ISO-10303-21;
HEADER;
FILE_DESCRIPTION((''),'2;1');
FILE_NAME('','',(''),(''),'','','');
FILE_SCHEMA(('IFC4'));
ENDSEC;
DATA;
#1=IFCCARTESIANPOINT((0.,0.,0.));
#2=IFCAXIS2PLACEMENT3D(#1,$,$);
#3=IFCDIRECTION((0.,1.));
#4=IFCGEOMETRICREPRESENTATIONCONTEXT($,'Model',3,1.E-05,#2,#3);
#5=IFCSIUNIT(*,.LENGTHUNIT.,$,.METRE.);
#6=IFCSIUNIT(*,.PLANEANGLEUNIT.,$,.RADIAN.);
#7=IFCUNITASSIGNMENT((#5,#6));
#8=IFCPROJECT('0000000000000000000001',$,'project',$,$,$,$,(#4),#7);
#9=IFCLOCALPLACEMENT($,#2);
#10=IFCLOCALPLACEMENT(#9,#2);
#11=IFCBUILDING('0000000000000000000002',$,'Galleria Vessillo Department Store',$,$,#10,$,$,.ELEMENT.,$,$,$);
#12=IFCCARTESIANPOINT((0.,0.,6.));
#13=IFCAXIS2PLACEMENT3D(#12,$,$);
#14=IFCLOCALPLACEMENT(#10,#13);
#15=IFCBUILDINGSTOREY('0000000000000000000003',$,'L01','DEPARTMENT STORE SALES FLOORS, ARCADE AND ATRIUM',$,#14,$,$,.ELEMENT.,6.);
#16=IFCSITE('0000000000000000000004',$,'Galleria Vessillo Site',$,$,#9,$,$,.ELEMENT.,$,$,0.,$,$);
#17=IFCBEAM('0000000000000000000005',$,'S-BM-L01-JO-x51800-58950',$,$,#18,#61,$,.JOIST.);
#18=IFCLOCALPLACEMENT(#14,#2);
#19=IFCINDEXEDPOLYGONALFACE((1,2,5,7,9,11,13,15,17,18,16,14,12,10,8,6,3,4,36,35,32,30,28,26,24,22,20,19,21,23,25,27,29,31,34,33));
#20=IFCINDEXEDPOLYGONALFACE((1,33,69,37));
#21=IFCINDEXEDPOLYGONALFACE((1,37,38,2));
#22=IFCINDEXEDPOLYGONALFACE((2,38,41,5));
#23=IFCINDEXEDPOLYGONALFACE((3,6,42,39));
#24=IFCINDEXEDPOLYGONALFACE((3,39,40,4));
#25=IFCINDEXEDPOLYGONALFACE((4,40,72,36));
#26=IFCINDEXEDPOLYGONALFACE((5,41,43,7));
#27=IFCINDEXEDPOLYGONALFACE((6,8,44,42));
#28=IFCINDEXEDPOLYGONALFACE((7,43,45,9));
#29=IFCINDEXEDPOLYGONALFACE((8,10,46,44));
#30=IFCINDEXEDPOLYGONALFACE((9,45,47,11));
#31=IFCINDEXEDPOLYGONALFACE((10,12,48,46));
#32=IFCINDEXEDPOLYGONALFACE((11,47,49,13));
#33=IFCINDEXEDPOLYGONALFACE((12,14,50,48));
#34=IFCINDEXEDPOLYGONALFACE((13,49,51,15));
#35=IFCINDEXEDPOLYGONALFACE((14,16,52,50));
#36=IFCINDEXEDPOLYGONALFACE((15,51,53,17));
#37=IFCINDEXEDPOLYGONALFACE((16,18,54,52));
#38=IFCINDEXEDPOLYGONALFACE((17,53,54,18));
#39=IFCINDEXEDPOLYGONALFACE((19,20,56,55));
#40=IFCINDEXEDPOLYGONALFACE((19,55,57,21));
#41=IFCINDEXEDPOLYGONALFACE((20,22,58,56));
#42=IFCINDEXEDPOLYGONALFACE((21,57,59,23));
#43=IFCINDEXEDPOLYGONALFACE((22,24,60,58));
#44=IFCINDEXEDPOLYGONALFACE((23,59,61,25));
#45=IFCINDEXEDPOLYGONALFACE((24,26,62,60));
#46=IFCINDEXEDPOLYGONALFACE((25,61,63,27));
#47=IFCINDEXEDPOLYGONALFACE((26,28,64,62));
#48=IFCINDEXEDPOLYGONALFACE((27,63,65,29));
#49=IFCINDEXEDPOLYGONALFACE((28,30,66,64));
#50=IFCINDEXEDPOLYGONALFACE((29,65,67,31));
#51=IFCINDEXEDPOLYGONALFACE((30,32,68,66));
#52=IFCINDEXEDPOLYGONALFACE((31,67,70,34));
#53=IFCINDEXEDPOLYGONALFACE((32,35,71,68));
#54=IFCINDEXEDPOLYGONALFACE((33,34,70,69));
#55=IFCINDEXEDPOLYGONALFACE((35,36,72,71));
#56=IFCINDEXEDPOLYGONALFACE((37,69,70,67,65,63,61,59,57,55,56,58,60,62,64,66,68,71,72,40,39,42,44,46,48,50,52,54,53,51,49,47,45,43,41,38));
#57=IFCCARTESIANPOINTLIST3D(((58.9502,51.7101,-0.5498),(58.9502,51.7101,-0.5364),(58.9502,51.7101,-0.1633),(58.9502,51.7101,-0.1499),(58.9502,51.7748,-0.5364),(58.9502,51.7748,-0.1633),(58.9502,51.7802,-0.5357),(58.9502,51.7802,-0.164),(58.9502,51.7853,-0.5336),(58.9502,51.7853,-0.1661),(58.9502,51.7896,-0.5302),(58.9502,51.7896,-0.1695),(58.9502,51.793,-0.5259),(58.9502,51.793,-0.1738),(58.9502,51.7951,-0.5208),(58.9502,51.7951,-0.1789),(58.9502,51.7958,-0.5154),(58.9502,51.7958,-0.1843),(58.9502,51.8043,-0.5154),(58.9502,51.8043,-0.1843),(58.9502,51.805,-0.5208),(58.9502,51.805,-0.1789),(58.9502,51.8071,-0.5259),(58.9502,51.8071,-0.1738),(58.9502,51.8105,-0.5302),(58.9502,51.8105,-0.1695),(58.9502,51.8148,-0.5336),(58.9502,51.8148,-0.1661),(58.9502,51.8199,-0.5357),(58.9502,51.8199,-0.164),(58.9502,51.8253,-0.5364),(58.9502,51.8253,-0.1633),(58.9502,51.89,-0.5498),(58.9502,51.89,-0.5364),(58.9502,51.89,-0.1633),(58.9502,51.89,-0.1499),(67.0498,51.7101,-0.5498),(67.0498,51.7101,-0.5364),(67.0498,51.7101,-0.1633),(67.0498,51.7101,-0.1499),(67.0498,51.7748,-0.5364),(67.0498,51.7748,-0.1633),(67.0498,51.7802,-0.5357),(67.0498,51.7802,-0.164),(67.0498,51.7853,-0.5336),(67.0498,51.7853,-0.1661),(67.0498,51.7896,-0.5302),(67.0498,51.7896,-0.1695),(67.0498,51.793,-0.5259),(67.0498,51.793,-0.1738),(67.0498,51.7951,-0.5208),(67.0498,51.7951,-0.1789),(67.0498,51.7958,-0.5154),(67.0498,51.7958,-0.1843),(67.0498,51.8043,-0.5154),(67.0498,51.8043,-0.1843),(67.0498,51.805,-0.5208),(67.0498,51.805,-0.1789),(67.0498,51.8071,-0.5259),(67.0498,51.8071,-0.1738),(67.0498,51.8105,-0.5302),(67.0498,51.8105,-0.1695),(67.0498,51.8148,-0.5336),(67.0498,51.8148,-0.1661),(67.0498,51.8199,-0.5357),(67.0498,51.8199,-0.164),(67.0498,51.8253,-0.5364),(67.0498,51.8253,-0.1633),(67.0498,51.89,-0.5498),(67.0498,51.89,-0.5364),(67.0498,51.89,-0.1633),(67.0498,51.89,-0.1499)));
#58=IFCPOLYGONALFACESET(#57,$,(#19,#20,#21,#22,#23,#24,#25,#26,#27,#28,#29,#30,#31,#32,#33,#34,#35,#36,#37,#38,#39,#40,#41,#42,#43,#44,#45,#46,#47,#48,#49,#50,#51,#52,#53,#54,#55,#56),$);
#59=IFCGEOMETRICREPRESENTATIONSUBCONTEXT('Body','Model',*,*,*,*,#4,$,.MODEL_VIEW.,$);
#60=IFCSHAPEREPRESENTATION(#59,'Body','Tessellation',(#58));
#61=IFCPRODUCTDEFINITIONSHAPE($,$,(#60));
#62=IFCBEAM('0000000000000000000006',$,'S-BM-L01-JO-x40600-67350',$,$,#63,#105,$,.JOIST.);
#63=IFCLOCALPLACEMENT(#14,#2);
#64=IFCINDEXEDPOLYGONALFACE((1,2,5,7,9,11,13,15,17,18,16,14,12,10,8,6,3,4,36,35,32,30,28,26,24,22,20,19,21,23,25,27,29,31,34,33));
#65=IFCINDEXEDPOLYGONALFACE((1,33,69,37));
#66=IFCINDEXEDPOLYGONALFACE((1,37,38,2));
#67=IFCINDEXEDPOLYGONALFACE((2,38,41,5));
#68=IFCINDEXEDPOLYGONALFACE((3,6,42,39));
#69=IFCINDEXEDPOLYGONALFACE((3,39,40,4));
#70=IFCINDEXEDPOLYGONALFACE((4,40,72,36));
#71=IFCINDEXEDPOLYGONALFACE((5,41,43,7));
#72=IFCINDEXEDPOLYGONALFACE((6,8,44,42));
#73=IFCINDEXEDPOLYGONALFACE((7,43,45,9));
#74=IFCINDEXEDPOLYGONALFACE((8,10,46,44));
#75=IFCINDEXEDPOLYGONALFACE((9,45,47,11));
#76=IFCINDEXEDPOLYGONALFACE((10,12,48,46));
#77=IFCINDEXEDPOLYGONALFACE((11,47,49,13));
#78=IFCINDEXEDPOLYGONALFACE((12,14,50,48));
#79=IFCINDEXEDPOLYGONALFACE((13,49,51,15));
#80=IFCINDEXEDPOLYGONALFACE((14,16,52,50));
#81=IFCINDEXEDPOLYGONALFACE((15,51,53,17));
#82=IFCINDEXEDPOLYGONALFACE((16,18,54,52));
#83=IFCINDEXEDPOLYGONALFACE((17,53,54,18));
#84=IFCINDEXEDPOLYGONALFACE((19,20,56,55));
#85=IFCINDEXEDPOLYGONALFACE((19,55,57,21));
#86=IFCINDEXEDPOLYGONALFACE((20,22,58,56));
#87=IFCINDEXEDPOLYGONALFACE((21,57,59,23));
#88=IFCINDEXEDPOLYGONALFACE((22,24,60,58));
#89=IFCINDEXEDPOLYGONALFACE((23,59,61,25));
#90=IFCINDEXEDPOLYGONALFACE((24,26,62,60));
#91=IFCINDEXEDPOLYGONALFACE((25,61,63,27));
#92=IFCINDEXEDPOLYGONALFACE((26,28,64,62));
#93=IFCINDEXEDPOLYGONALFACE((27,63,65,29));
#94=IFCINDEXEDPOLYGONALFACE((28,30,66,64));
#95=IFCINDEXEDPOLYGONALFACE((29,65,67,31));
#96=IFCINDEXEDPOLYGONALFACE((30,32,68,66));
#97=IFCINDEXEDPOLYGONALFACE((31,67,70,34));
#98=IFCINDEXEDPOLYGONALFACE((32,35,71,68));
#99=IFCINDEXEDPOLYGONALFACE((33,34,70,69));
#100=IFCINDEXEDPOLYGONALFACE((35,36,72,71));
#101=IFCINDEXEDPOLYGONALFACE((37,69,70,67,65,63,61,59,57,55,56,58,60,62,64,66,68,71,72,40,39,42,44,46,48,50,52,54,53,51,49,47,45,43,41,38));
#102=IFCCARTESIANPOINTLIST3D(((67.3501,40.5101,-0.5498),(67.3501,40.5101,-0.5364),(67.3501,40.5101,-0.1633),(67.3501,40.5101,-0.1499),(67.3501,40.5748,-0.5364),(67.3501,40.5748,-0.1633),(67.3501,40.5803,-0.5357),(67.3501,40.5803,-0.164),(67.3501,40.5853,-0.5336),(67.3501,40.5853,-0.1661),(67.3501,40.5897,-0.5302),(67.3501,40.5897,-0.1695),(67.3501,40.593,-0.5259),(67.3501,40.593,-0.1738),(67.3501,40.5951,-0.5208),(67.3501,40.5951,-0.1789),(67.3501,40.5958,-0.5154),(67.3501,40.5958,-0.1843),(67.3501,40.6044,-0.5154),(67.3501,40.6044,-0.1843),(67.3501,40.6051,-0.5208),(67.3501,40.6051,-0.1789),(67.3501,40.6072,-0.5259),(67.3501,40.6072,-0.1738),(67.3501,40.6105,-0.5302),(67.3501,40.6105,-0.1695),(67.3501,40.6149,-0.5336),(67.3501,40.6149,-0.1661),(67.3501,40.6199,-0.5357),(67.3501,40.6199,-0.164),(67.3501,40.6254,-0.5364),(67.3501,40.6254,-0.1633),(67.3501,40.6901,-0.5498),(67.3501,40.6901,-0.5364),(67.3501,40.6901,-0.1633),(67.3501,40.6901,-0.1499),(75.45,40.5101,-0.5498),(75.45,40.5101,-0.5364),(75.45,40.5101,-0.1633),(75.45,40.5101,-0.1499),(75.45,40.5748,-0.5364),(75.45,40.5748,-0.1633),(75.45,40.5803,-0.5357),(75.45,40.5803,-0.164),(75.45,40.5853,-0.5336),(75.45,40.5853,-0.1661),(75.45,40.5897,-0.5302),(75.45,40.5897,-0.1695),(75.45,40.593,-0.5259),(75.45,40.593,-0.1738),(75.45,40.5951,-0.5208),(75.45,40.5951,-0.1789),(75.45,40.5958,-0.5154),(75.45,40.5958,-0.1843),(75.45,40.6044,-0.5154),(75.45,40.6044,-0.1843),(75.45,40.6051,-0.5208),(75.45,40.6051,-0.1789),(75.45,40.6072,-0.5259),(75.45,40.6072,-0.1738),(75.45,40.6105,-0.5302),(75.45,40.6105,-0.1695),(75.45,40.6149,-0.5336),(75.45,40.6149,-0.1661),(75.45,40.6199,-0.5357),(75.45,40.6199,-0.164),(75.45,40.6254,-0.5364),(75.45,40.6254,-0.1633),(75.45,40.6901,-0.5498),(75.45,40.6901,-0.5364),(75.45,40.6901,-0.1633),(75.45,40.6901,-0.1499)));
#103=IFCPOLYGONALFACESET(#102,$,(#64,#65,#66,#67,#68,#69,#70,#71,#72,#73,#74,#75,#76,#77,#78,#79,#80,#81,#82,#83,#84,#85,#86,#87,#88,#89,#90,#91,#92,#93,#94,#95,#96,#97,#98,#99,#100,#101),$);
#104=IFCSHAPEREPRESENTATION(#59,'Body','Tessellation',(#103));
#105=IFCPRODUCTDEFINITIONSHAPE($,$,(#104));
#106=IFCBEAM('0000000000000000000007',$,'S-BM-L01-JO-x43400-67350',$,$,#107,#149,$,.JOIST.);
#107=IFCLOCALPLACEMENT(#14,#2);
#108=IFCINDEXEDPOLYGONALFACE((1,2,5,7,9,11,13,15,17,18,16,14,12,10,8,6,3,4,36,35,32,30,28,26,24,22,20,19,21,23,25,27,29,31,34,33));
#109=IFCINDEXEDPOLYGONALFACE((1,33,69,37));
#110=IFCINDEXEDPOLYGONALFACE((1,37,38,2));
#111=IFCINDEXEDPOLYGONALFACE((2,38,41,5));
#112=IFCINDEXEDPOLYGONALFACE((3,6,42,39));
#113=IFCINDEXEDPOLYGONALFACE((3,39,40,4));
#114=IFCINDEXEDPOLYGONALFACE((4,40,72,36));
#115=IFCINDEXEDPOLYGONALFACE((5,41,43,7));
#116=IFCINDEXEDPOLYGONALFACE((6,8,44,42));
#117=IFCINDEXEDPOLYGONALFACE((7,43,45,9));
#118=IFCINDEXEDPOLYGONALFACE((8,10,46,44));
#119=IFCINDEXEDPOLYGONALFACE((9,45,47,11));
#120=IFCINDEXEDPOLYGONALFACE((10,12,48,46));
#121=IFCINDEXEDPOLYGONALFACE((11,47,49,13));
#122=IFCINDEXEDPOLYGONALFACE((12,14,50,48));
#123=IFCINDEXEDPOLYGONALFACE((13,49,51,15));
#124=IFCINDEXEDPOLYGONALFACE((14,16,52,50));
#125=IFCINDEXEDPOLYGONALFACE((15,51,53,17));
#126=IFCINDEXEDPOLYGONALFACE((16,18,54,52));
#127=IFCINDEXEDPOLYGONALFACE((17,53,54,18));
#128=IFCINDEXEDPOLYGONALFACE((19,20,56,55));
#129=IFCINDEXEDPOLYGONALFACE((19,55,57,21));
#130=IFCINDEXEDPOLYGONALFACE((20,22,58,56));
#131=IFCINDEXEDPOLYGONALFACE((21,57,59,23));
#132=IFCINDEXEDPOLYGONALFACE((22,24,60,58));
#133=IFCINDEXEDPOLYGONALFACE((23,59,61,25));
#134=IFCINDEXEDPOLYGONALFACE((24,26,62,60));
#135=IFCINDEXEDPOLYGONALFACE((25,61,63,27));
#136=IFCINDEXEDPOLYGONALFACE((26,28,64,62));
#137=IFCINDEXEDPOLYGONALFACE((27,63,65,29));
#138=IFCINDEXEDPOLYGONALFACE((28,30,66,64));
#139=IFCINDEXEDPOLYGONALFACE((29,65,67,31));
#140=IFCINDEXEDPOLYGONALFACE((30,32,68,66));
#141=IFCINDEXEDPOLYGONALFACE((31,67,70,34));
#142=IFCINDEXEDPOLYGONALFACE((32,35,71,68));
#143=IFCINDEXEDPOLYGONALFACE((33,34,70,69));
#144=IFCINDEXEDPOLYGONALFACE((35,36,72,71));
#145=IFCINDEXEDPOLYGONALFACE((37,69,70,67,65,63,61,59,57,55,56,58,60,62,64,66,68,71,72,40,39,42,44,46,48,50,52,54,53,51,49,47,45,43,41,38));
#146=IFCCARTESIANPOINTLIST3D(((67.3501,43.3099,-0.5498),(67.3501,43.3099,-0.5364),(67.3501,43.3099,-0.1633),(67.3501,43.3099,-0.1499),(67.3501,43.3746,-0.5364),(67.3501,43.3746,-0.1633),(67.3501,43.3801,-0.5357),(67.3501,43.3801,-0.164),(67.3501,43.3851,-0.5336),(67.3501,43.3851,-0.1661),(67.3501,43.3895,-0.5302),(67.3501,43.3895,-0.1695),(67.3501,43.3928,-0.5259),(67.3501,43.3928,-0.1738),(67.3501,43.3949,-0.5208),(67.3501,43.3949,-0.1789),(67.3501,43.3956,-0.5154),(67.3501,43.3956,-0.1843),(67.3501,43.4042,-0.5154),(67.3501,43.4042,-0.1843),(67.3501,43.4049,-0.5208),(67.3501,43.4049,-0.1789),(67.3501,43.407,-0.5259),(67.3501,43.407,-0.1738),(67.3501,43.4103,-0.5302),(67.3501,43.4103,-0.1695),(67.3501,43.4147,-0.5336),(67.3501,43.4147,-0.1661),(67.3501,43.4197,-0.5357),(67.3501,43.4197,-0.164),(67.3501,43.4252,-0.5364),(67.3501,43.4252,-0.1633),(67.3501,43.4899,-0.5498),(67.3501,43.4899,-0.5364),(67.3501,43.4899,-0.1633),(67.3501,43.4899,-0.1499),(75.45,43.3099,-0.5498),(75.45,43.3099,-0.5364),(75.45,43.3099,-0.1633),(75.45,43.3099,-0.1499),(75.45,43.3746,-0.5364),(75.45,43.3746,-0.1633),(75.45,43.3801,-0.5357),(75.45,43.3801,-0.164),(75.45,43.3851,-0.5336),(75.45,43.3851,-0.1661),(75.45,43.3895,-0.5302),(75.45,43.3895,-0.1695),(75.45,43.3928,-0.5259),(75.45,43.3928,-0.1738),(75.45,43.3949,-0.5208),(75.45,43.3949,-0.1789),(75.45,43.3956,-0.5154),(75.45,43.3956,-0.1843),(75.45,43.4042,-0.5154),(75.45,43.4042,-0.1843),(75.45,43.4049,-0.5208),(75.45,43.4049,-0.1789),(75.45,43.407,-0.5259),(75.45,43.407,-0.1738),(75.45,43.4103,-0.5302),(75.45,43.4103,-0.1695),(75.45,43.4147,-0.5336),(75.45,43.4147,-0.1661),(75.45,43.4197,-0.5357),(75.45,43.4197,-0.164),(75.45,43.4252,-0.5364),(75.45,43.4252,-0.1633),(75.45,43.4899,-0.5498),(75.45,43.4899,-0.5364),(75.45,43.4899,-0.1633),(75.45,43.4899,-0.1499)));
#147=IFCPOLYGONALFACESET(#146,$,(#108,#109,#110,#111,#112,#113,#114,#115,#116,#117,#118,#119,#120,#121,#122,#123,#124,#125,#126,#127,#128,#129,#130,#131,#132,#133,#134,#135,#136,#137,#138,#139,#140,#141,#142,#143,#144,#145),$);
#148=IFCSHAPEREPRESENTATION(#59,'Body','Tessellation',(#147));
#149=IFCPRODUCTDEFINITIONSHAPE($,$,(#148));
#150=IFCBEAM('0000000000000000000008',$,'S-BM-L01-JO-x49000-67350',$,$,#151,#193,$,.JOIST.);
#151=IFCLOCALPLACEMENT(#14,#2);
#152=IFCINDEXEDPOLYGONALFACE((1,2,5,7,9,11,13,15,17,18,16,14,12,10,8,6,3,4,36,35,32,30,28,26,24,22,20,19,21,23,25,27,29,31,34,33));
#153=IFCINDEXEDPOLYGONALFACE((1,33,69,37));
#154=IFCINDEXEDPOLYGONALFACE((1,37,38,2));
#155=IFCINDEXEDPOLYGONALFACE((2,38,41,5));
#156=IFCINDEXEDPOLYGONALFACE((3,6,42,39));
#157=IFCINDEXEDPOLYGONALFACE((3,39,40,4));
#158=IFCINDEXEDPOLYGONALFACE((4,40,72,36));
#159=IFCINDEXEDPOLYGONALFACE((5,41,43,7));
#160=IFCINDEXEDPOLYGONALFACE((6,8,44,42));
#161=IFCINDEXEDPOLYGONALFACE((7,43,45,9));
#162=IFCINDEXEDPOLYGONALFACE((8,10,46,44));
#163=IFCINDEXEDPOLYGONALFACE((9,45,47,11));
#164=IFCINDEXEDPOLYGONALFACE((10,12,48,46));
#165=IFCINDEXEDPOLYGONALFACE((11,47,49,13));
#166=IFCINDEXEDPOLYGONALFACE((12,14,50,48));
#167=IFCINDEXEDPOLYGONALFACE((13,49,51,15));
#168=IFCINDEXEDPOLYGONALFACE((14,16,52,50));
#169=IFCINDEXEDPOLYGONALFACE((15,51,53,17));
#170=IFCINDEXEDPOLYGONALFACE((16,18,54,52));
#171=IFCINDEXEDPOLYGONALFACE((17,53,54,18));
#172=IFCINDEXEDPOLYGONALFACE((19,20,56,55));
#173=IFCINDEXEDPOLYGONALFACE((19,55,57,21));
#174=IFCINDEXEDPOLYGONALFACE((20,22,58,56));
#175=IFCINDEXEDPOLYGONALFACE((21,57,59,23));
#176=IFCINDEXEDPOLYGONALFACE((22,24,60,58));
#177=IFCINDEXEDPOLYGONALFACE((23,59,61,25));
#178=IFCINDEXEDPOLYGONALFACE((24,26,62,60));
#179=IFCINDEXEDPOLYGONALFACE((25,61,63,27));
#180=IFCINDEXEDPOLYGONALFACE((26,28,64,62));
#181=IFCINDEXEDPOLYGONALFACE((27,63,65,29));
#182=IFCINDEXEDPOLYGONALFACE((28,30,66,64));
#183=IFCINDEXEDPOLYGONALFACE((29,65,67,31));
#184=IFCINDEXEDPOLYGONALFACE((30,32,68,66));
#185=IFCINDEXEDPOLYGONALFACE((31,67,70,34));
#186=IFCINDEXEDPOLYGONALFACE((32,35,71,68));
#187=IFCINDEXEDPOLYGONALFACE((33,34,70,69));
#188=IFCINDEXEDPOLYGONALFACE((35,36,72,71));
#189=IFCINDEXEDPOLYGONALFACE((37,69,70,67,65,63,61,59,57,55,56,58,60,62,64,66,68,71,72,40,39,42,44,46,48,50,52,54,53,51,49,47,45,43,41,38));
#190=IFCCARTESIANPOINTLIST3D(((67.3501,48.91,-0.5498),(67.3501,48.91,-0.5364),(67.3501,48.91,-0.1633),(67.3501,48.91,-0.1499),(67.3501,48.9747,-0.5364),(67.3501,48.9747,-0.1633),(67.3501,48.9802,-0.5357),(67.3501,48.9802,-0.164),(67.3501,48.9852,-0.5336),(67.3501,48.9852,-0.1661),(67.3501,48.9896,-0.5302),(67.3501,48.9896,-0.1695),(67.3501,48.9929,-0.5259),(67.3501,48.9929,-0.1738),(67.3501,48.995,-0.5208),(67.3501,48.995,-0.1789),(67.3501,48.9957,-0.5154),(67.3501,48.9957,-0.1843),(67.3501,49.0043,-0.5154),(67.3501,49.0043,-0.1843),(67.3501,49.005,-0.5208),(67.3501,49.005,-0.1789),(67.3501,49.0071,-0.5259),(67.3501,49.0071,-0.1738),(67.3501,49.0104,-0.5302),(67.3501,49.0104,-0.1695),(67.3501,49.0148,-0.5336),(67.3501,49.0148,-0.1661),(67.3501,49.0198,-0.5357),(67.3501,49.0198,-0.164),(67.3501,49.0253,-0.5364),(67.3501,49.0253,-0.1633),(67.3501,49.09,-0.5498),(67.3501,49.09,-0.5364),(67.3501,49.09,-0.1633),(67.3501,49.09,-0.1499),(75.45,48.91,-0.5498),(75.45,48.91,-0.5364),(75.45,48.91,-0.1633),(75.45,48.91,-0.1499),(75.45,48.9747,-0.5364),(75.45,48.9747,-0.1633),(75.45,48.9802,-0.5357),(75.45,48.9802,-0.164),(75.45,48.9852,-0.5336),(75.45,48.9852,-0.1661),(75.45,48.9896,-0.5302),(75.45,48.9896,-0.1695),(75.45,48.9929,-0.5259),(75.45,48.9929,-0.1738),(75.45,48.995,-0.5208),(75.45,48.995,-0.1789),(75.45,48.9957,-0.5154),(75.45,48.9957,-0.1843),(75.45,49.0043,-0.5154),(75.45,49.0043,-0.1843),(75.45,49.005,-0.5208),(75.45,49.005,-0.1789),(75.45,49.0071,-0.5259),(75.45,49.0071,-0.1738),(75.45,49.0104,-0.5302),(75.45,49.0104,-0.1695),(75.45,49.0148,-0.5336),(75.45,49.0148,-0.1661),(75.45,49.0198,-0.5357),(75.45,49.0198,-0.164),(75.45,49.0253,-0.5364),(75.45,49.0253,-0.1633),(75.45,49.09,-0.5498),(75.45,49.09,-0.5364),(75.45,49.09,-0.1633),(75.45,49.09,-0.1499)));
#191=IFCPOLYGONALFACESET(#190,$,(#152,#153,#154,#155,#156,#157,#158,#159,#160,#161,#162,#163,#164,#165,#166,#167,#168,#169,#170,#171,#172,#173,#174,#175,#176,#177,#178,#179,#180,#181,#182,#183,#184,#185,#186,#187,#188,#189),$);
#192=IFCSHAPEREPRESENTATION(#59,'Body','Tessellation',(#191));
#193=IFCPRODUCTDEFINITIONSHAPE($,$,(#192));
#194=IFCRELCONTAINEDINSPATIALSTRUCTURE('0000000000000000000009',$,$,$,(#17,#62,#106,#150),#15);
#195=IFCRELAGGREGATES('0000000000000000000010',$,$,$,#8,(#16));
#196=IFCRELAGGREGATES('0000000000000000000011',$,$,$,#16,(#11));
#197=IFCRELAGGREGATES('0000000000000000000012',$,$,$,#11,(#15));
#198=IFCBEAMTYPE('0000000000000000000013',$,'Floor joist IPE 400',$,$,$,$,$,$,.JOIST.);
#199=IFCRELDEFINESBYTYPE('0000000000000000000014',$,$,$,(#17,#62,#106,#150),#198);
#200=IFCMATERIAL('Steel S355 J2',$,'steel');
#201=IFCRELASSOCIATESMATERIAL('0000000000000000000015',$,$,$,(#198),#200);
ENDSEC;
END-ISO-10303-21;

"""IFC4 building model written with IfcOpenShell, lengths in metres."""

from ifc_helpers import new_model, si_unit, direction, frame, origin, origin_2d, place, context, subcontext, project, spatial, i_section, extrude, material, material_profile, profile_set, type_object, element, save


model = new_model("IFC4")

# Units and contexts
model_context = context("Model", 3, precision=1e-05, world=origin(), true_north=direction((0.0, 1.0)))
body_context = subcontext(model_context, "Body", "Model", "MODEL_VIEW")
ifc_project = project(units=[si_unit("LENGTHUNIT", "METRE"), si_unit("PLANEANGLEUNIT", "RADIAN")], contexts=[model_context])

# Site, building, storey
site_placement = place(None, origin())
site = spatial("IfcSite", under=ifc_project, at=site_placement, Name="Galleria Vessillo Site", CompositionType="ELEMENT", RefElevation=0.0)
building_placement = place(site_placement, origin())
building = spatial("IfcBuilding", under=site, at=building_placement, Name="Galleria Vessillo Department Store", CompositionType="ELEMENT")
storey_placement = place(building_placement, frame((0.0, 0.0, 6.0)))
storey = spatial("IfcBuildingStorey", under=building, at=storey_placement, Name="L01", Description="DEPARTMENT STORE SALES FLOORS, ARCADE AND ATRIUM", CompositionType="ELEMENT", Elevation=6.0)

# Beams
ifc_material_1 = material(Name="Steel S355 J2", Category="steel")
ifc_material_profile_1 = material_profile(ifc_material_1, i_section(OverallWidth=0.1799, OverallDepth=0.3999, WebThickness=0.0085, FlangeThickness=0.0134, FilletRadius=0.021, at=origin_2d()), Name="IPE 400")
ifc_profile_set_1 = profile_set([ifc_material_profile_1], Name="Steel S355 J2")
beam_type_1 = type_object("IfcBeamType", Name="Floor joist IPE 400", PredefinedType="JOIST", material=ifc_profile_set_1)
for number, where, z_axis, x_axis, name in (
    (1, (58.9502, 51.8, -0.3499), (1.0, 0.0, 0.0), (0.0, 1.0, 0.0), "S-BM-L01-JO-x51800-58950"),
):
    element("IfcBeam", number, at=place(storey_placement, frame(where, z_axis=z_axis, x_axis=x_axis)), inside=storey, type_object=beam_type_1, Name=name, PredefinedType="JOIST", context=body_context, shape_type="SweptSolid", body=[
        extrude(i_section(OverallWidth=0.1799, OverallDepth=0.3999, WebThickness=0.0085, FlangeThickness=0.0134, FilletRadius=0.021, at=origin_2d()), origin(), (0.0, 0.0, 1.0), 8.0996),
    ])
for number, where, z_axis, x_axis, name in (
    (2, (67.3501, 40.6001, -0.3499), (1.0, 0.0, 0.0), (0.0, 1.0, 0.0), "S-BM-L01-JO-x40600-67350"),
    (3, (67.3501, 43.3999, -0.3499), (1.0, 0.0, 0.0), (0.0, 1.0, 0.0), "S-BM-L01-JO-x43400-67350"),
    (4, (67.3501, 49.0, -0.3499), (1.0, 0.0, 0.0), (0.0, 1.0, 0.0), "S-BM-L01-JO-x49000-67350"),
):
    element("IfcBeam", number, at=place(storey_placement, frame(where, z_axis=z_axis, x_axis=x_axis)), inside=storey, type_object=beam_type_1, Name=name, PredefinedType="JOIST", context=body_context, shape_type="SweptSolid", body=[
        extrude(i_section(OverallWidth=0.1799, OverallDepth=0.3999, WebThickness=0.0085, FlangeThickness=0.0134, FilletRadius=0.021, at=origin_2d()), origin(), (0.0, 0.0, 1.0), 8.0999),
    ])

save(model, "model.ifc")
